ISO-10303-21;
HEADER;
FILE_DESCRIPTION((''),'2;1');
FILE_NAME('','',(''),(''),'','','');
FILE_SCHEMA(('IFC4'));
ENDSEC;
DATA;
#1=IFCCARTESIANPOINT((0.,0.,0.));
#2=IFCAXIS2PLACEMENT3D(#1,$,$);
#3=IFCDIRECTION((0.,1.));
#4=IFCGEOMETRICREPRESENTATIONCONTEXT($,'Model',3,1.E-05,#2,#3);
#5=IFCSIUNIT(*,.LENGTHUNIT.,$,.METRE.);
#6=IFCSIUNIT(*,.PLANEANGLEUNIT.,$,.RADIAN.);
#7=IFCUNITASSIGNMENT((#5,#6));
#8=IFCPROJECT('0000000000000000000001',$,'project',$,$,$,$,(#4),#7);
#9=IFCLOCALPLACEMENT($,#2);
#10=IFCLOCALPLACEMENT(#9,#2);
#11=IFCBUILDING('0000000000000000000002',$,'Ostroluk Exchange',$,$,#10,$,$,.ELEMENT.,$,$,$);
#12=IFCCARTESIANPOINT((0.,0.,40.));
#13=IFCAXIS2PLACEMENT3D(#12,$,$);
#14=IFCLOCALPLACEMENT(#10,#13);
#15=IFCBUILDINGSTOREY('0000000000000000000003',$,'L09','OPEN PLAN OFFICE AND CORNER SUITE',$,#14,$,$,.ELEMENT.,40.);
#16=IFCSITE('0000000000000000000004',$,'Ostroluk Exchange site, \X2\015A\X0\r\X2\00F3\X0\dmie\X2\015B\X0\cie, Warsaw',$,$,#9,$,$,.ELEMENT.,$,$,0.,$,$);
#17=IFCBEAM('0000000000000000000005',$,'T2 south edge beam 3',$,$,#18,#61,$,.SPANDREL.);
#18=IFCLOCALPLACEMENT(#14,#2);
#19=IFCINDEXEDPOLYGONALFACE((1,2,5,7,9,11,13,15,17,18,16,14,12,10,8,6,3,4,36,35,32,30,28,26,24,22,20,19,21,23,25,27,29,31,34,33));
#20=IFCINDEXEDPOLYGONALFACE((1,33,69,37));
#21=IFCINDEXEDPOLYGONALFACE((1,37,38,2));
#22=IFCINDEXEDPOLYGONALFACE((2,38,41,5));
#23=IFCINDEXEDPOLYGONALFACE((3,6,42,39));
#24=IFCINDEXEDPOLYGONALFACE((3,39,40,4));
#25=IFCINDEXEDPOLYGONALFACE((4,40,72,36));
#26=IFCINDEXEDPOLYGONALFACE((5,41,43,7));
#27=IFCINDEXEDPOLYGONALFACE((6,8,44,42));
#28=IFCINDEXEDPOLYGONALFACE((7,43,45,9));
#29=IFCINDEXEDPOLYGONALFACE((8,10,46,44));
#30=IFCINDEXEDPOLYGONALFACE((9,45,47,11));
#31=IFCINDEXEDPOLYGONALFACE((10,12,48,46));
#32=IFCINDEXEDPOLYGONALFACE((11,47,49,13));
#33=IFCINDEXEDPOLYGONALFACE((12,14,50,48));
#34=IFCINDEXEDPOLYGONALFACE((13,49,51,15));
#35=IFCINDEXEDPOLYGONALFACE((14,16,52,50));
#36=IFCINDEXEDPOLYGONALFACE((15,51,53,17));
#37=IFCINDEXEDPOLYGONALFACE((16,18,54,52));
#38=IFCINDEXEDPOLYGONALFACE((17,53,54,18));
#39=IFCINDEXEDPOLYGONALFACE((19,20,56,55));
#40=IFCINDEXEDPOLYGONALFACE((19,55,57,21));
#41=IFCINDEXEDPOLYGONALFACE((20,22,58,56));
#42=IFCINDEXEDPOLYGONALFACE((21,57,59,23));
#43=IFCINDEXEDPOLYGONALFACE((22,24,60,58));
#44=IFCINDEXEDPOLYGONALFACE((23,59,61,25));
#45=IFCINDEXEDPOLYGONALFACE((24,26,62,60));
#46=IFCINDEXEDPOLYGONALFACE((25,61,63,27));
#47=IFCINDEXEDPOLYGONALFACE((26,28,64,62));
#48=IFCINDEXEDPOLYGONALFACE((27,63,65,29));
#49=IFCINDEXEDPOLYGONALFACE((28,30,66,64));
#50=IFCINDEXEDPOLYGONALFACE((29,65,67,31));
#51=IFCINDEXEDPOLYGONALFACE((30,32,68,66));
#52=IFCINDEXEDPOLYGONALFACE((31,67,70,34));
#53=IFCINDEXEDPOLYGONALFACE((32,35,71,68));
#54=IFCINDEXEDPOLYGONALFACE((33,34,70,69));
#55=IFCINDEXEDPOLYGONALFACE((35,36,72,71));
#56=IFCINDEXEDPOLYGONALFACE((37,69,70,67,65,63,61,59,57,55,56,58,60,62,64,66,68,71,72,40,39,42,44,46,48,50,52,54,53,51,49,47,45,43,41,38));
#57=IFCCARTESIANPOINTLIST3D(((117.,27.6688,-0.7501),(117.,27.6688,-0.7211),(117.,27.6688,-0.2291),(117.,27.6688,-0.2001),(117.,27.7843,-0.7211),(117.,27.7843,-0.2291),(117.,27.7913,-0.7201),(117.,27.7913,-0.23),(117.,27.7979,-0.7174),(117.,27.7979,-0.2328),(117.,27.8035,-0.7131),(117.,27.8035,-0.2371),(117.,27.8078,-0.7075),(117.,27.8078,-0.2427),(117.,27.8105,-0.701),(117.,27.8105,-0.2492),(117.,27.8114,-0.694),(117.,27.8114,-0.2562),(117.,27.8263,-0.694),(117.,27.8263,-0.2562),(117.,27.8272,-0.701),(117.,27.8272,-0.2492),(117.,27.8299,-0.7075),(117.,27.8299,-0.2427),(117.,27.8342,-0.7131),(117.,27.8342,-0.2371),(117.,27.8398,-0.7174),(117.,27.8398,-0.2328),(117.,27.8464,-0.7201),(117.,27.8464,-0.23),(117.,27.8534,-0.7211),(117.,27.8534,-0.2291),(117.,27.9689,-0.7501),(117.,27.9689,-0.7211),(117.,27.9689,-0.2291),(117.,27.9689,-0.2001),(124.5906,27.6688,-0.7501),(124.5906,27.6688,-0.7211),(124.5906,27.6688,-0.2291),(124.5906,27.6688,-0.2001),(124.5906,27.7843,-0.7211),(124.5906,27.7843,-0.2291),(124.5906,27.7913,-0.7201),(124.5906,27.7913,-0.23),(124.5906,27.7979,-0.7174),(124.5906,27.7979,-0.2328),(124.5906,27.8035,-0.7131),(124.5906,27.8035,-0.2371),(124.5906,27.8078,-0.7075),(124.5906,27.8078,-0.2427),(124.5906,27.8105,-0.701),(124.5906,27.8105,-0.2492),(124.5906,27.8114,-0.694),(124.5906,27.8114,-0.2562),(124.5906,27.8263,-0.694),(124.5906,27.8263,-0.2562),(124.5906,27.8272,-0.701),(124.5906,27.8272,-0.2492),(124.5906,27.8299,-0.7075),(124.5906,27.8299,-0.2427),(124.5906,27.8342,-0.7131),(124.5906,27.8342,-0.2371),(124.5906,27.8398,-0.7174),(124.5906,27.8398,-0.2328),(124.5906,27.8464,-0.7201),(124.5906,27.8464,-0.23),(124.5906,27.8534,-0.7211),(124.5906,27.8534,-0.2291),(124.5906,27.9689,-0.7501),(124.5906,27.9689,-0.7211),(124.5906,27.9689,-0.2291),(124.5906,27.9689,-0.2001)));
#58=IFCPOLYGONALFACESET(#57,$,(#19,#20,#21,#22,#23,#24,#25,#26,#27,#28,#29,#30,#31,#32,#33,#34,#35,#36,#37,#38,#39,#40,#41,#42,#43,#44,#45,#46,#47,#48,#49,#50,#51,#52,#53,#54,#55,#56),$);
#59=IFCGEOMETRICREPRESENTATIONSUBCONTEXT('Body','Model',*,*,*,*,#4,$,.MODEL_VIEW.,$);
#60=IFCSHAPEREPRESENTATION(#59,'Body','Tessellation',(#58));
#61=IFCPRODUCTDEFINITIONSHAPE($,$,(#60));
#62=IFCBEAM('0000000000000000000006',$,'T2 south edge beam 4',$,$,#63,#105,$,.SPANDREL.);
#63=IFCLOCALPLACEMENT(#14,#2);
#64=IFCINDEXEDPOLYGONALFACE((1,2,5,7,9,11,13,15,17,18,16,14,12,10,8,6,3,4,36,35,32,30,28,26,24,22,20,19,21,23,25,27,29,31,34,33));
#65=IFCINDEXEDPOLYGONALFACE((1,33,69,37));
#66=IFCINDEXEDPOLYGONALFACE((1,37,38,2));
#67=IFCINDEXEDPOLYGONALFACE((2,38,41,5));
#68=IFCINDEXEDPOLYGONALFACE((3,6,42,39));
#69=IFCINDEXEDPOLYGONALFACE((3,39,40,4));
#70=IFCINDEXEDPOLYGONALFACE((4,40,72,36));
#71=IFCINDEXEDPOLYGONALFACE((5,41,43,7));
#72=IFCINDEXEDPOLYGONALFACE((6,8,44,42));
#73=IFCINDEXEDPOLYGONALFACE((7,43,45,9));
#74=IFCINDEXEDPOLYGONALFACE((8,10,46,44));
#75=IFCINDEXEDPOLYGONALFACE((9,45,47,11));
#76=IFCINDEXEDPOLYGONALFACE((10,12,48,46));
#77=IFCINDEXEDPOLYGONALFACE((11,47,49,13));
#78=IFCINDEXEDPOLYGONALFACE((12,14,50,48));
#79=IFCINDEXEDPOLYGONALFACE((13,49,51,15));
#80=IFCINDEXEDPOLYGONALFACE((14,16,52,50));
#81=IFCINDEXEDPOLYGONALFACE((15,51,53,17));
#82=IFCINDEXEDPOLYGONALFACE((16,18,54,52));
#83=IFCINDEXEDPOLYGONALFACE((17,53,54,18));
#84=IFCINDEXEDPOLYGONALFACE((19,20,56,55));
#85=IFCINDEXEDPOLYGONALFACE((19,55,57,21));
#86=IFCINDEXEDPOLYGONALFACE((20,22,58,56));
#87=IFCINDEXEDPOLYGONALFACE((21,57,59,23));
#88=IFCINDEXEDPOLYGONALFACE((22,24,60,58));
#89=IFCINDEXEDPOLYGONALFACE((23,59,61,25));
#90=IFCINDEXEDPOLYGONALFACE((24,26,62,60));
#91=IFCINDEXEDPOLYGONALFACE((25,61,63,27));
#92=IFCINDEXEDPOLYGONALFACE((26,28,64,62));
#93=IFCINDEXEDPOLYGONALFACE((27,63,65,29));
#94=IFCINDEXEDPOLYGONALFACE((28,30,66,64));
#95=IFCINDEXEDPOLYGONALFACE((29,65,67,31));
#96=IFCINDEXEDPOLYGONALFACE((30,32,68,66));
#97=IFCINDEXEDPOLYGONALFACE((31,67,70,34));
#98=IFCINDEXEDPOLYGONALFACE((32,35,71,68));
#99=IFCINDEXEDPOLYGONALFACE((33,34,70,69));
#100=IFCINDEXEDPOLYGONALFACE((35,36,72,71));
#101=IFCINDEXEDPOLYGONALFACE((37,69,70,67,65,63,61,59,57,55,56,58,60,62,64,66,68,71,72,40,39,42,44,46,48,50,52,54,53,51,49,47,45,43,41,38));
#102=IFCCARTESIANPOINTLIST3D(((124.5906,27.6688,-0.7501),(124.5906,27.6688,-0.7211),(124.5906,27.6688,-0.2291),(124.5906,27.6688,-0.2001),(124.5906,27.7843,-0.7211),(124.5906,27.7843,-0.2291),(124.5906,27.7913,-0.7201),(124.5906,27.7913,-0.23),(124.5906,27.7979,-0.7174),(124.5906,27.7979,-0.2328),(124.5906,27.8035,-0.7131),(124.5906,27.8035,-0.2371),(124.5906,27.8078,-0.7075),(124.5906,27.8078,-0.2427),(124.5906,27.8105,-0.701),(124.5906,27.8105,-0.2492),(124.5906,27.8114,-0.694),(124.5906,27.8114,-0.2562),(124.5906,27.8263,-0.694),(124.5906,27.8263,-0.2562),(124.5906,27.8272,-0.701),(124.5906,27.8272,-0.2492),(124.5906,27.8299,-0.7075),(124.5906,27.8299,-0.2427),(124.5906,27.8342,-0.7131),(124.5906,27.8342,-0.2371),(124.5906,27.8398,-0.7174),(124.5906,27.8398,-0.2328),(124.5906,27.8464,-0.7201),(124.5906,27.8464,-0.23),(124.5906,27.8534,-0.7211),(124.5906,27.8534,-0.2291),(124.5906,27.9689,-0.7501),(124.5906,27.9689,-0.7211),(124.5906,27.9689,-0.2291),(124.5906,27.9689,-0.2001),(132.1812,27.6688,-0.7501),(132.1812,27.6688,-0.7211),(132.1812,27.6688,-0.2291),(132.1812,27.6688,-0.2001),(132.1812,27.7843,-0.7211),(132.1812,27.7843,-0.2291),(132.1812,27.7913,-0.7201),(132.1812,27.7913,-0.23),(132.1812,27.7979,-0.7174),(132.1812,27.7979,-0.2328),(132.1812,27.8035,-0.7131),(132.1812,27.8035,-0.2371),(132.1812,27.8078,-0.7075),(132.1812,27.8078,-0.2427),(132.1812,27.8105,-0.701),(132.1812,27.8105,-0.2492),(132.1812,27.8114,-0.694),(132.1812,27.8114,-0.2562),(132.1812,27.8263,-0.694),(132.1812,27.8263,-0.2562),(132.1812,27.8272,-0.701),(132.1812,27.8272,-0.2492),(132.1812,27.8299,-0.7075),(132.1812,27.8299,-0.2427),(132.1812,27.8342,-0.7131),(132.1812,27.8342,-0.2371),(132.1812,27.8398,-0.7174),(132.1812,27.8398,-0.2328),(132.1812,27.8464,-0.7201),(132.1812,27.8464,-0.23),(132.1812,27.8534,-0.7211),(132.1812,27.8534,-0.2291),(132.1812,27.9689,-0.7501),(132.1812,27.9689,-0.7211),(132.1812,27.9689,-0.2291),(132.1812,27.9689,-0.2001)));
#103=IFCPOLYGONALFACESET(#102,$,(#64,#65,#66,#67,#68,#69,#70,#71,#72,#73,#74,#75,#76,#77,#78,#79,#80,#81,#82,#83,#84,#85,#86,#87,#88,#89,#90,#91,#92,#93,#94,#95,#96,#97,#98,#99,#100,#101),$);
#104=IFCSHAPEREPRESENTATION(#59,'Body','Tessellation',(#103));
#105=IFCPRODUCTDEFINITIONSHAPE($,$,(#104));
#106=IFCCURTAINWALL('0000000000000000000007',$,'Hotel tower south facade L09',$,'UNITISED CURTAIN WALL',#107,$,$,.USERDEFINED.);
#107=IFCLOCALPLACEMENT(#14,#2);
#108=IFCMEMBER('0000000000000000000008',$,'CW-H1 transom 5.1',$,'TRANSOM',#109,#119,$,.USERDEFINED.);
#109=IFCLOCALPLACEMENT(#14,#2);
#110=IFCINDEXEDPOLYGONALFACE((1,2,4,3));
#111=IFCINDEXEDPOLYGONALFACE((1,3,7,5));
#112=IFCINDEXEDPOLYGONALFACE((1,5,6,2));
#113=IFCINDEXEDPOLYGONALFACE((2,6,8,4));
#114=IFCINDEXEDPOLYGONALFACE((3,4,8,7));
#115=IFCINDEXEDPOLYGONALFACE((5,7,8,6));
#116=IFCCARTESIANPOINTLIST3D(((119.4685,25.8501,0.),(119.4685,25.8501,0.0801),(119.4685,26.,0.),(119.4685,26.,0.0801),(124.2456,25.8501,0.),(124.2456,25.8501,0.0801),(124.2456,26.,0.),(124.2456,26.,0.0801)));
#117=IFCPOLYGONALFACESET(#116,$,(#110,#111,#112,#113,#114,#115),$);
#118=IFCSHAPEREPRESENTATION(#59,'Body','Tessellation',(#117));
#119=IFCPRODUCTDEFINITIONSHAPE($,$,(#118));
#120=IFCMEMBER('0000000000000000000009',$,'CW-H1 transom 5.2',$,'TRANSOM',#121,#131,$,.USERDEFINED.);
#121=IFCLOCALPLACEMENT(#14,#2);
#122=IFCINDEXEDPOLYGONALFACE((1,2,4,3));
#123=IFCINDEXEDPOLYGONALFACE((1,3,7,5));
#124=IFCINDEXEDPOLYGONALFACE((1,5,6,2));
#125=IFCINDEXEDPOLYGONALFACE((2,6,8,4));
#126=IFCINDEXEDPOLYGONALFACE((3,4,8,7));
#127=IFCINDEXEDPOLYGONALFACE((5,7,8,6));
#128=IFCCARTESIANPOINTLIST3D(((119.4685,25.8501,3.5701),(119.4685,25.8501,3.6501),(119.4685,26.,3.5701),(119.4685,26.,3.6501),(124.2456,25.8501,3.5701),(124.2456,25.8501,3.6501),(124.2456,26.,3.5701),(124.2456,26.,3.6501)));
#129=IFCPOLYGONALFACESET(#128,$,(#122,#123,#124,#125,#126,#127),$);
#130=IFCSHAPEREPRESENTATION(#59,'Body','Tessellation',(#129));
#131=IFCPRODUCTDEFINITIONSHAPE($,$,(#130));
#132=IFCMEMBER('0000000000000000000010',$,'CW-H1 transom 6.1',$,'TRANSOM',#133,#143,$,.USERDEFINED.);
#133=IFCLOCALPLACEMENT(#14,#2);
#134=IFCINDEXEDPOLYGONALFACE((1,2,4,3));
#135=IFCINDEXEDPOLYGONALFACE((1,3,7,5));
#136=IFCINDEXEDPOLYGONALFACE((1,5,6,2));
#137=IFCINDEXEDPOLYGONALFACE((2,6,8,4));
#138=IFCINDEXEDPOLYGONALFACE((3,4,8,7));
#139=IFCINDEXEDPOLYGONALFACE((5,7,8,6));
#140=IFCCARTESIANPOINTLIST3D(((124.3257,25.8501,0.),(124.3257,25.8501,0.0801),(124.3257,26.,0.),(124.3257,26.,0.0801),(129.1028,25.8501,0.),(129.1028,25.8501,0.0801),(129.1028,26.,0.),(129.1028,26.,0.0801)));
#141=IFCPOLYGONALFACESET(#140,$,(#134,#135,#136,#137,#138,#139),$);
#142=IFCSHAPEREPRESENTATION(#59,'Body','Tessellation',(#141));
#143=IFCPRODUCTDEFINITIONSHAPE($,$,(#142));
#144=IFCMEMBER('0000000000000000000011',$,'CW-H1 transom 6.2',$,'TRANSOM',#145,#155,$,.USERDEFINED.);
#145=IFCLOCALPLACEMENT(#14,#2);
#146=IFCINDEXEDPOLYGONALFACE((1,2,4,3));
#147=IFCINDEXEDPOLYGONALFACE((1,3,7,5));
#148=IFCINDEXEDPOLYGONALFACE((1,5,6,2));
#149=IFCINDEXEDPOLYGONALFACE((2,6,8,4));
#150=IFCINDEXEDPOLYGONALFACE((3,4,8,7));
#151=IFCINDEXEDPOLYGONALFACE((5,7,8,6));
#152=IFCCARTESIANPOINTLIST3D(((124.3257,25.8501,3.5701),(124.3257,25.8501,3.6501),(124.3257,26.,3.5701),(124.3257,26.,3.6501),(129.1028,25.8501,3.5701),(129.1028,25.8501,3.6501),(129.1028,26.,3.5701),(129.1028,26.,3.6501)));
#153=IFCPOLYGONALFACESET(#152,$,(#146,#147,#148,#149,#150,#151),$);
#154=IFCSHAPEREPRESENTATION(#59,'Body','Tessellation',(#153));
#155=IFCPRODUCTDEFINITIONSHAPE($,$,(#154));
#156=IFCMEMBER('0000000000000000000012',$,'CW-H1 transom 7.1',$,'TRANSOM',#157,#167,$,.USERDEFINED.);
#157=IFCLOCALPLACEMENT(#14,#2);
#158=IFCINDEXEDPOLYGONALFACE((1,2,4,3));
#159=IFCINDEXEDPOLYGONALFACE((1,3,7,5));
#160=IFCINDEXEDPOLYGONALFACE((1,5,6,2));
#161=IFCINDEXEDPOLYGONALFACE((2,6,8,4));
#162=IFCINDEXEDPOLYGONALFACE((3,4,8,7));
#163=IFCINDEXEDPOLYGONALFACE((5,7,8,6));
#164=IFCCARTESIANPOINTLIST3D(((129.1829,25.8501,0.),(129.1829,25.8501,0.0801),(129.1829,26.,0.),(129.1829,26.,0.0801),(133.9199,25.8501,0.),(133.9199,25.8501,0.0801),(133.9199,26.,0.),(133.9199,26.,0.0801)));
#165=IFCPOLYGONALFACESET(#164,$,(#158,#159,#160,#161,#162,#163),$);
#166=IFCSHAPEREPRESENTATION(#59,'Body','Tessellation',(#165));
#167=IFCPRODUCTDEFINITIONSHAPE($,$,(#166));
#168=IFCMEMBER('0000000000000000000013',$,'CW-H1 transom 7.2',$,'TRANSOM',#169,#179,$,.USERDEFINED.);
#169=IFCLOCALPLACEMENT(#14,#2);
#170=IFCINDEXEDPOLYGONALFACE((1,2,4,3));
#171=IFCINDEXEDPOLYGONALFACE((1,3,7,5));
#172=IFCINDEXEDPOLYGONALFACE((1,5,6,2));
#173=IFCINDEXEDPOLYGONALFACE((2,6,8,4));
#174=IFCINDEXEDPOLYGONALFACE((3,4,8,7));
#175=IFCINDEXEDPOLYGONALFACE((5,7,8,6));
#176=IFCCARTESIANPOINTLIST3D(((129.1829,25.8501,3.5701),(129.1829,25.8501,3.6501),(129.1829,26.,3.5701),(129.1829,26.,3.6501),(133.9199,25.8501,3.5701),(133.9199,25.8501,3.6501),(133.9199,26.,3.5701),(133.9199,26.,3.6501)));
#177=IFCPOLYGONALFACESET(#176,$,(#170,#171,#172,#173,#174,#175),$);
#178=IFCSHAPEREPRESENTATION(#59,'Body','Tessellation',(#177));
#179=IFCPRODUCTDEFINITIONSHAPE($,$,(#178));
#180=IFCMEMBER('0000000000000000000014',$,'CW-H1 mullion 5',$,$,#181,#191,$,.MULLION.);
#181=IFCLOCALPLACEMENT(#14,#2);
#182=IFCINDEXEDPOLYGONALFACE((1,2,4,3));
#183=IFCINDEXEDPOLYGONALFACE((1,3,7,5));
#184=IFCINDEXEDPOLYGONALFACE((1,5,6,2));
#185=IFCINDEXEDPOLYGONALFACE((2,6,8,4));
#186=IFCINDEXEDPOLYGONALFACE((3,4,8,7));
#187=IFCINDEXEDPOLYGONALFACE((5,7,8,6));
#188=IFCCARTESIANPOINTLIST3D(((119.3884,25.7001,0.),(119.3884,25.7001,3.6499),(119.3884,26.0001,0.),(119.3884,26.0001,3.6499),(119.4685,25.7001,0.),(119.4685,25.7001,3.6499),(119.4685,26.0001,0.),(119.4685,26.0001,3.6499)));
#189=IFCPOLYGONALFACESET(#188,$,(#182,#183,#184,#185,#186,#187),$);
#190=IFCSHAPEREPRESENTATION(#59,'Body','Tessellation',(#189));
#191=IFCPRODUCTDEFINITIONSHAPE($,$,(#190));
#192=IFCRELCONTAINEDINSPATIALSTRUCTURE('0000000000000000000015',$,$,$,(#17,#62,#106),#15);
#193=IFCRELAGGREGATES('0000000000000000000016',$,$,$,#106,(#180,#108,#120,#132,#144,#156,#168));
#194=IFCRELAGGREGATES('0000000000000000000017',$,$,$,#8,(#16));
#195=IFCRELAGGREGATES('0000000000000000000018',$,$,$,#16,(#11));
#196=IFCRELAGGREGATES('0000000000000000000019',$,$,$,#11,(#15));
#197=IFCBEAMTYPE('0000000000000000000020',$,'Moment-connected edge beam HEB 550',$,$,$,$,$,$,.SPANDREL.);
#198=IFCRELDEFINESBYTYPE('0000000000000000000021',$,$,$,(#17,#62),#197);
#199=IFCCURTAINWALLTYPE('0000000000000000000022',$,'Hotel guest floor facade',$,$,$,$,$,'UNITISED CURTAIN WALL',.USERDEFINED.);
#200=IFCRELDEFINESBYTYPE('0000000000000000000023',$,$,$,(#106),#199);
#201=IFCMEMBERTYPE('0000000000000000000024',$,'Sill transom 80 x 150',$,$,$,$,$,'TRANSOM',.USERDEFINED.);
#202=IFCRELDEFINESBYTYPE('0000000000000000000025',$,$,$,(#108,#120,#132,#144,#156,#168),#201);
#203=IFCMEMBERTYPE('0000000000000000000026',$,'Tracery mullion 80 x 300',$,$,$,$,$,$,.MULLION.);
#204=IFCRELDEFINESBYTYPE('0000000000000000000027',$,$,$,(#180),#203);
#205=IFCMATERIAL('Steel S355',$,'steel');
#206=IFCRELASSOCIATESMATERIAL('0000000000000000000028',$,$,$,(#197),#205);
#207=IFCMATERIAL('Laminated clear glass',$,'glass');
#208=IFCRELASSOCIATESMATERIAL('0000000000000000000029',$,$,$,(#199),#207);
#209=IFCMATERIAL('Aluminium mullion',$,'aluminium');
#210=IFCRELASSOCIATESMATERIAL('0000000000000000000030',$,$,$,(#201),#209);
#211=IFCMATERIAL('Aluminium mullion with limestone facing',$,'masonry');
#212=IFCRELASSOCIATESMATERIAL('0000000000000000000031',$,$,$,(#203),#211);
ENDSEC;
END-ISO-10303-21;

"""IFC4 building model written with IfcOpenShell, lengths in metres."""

from ifc_helpers import new_model, si_unit, direction, frame, origin, origin_2d, place, context, subcontext, project, spatial, rectangle, i_section, extrude, material, material_profile, profile_set, type_object, element, aggregate, save


model = new_model("IFC4")

# Units and contexts
model_context = context("Model", 3, precision=1e-05, world=origin(), true_north=direction((0.0, 1.0)))
body_context = subcontext(model_context, "Body", "Model", "MODEL_VIEW")
ifc_project = project(units=[si_unit("LENGTHUNIT", "METRE"), si_unit("PLANEANGLEUNIT", "RADIAN")], contexts=[model_context])

# Site, building, storey
site_placement = place(None, origin())
site = spatial("IfcSite", under=ifc_project, at=site_placement, Name="Ostroluk Exchange site, Śródmieście, Warsaw", CompositionType="ELEMENT", RefElevation=0.0)
building_placement = place(site_placement, origin())
building = spatial("IfcBuilding", under=site, at=building_placement, Name="Ostroluk Exchange", CompositionType="ELEMENT")
storey_placement = place(building_placement, frame((0.0, 0.0, 40.0)))
storey = spatial("IfcBuildingStorey", under=building, at=storey_placement, Name="L09", Description="OPEN PLAN OFFICE AND CORNER SUITE", CompositionType="ELEMENT", Elevation=40.0)

# Beams
ifc_material_1 = material(Name="Steel S355", Category="steel")
ifc_material_profile_1 = material_profile(ifc_material_1, i_section(OverallWidth=0.3, OverallDepth=0.55, WebThickness=0.0149, FlangeThickness=0.0291, FilletRadius=0.0271, at=origin_2d()), Name="HEB 550")
ifc_profile_set_1 = profile_set([ifc_material_profile_1], Name="Steel S355")
beam_type = type_object("IfcBeamType", Name="Moment-connected edge beam HEB 550", PredefinedType="SPANDREL", material=ifc_profile_set_1)
for number, where, z_axis, x_axis, name in (
    (1, (117.0, 27.8188, -0.4751), (1.0, 0.0, 0.0), (0.0, 1.0, 0.0), "T2 south edge beam 3"),
    (2, (124.5906, 27.8188, -0.4751), (1.0, 0.0, 0.0), (0.0, 1.0, 0.0), "T2 south edge beam 4"),
):
    element("IfcBeam", number, at=place(storey_placement, frame(where, z_axis=z_axis, x_axis=x_axis)), inside=storey, type_object=beam_type, Name=name, PredefinedType="SPANDREL", context=body_context, shape_type="SweptSolid", body=[
        extrude(i_section(OverallWidth=0.3, OverallDepth=0.55, WebThickness=0.0149, FlangeThickness=0.0291, FilletRadius=0.0271, at=origin_2d()), origin(), (0.0, 0.0, 1.0), 7.5906),
    ])

# Curtain wall, members
ifc_material_2 = material(Name="Laminated clear glass", Category="glass")
curtain_wall_type = type_object("IfcCurtainWallType", Name="Hotel guest floor facade", ElementType="UNITISED CURTAIN WALL", PredefinedType="USERDEFINED", material=ifc_material_2)
curtain_wall_placement = place(storey_placement, origin())
curtain_wall = element("IfcCurtainWall", 3, at=curtain_wall_placement, inside=storey, type_object=curtain_wall_type, Name="Hotel tower south facade L09", ObjectType="UNITISED CURTAIN WALL", PredefinedType="USERDEFINED")
ifc_material_3 = material(Name="Aluminium mullion", Category="aluminium")
ifc_material_profile_2 = material_profile(ifc_material_3, rectangle(XDim=0.1499, YDim=0.0801, at=origin_2d()), Name="Sill transom 80 x 150")
ifc_profile_set_2 = profile_set([ifc_material_profile_2], Name="Aluminium mullion")
member_type_1 = type_object("IfcMemberType", Name="Sill transom 80 x 150", ElementType="TRANSOM", PredefinedType="USERDEFINED", material=ifc_profile_set_2)
member_1_placement = place(storey_placement, frame((119.4685, 25.925, 0.04), z_axis=(1.0, 0.0, 0.0), x_axis=(0.0, 1.0, 0.0)))
member_1 = element("IfcMember", 4, at=member_1_placement, type_object=member_type_1, Name="CW-H1 transom 5.1", ObjectType="TRANSOM", PredefinedType="USERDEFINED", context=body_context, shape_type="SweptSolid", body=[
    extrude(rectangle(XDim=0.1499, YDim=0.0801, at=origin_2d()), origin(), (0.0, 0.0, 1.0), 4.7771),
])
member_2_placement = place(storey_placement, frame((119.4685, 25.925, 3.6101), z_axis=(1.0, 0.0, 0.0), x_axis=(0.0, 1.0, 0.0)))
member_2 = element("IfcMember", 5, at=member_2_placement, type_object=member_type_1, Name="CW-H1 transom 5.2", ObjectType="TRANSOM", PredefinedType="USERDEFINED", context=body_context, shape_type="SweptSolid", body=[
    extrude(rectangle(XDim=0.1499, YDim=0.0801, at=origin_2d()), origin(), (0.0, 0.0, 1.0), 4.7771),
])
member_3_placement = place(storey_placement, frame((124.3257, 25.925, 0.04), z_axis=(1.0, 0.0, 0.0), x_axis=(0.0, 1.0, 0.0)))
member_3 = element("IfcMember", 6, at=member_3_placement, type_object=member_type_1, Name="CW-H1 transom 6.1", ObjectType="TRANSOM", PredefinedType="USERDEFINED", context=body_context, shape_type="SweptSolid", body=[
    extrude(rectangle(XDim=0.1499, YDim=0.0801, at=origin_2d()), origin(), (0.0, 0.0, 1.0), 4.7771),
])
member_4_placement = place(storey_placement, frame((124.3257, 25.925, 3.6101), z_axis=(1.0, 0.0, 0.0), x_axis=(0.0, 1.0, 0.0)))
member_4 = element("IfcMember", 7, at=member_4_placement, type_object=member_type_1, Name="CW-H1 transom 6.2", ObjectType="TRANSOM", PredefinedType="USERDEFINED", context=body_context, shape_type="SweptSolid", body=[
    extrude(rectangle(XDim=0.1499, YDim=0.0801, at=origin_2d()), origin(), (0.0, 0.0, 1.0), 4.7771),
])
member_5_placement = place(storey_placement, frame((129.1829, 25.925, 0.04), z_axis=(1.0, 0.0, 0.0), x_axis=(0.0, 1.0, 0.0)))
member_5 = element("IfcMember", 8, at=member_5_placement, type_object=member_type_1, Name="CW-H1 transom 7.1", ObjectType="TRANSOM", PredefinedType="USERDEFINED", context=body_context, shape_type="SweptSolid", body=[
    extrude(rectangle(XDim=0.1499, YDim=0.0801, at=origin_2d()), origin(), (0.0, 0.0, 1.0), 4.7371),
])
member_6_placement = place(storey_placement, frame((129.1829, 25.925, 3.6101), z_axis=(1.0, 0.0, 0.0), x_axis=(0.0, 1.0, 0.0)))
member_6 = element("IfcMember", 9, at=member_6_placement, type_object=member_type_1, Name="CW-H1 transom 7.2", ObjectType="TRANSOM", PredefinedType="USERDEFINED", context=body_context, shape_type="SweptSolid", body=[
    extrude(rectangle(XDim=0.1499, YDim=0.0801, at=origin_2d()), origin(), (0.0, 0.0, 1.0), 4.7371),
])
ifc_material_4 = material(Name="Aluminium mullion with limestone facing", Category="masonry")
ifc_material_profile_3 = material_profile(ifc_material_4, rectangle(XDim=0.3, YDim=0.0801, at=origin_2d()), Name="Tracery mullion 80 x 300")
ifc_profile_set_3 = profile_set([ifc_material_profile_3], Name="Aluminium mullion with limestone facing")
member_type_2 = type_object("IfcMemberType", Name="Tracery mullion 80 x 300", PredefinedType="MULLION", material=ifc_profile_set_3)
member_7_placement = place(storey_placement, frame((119.4285, 25.8501, 0.0), z_axis=(0.0, 0.0, 1.0), x_axis=(0.0, 1.0, 0.0)))
member_7 = element("IfcMember", 10, at=member_7_placement, type_object=member_type_2, Name="CW-H1 mullion 5", PredefinedType="MULLION", context=body_context, shape_type="SweptSolid", body=[
    extrude(rectangle(XDim=0.3, YDim=0.0801, at=origin_2d()), origin(), (0.0, 0.0, 1.0), 3.6499),
])
aggregate(curtain_wall, [member_7, member_1, member_2, member_3, member_4, member_5, member_6])

save(model, "model.ifc")
